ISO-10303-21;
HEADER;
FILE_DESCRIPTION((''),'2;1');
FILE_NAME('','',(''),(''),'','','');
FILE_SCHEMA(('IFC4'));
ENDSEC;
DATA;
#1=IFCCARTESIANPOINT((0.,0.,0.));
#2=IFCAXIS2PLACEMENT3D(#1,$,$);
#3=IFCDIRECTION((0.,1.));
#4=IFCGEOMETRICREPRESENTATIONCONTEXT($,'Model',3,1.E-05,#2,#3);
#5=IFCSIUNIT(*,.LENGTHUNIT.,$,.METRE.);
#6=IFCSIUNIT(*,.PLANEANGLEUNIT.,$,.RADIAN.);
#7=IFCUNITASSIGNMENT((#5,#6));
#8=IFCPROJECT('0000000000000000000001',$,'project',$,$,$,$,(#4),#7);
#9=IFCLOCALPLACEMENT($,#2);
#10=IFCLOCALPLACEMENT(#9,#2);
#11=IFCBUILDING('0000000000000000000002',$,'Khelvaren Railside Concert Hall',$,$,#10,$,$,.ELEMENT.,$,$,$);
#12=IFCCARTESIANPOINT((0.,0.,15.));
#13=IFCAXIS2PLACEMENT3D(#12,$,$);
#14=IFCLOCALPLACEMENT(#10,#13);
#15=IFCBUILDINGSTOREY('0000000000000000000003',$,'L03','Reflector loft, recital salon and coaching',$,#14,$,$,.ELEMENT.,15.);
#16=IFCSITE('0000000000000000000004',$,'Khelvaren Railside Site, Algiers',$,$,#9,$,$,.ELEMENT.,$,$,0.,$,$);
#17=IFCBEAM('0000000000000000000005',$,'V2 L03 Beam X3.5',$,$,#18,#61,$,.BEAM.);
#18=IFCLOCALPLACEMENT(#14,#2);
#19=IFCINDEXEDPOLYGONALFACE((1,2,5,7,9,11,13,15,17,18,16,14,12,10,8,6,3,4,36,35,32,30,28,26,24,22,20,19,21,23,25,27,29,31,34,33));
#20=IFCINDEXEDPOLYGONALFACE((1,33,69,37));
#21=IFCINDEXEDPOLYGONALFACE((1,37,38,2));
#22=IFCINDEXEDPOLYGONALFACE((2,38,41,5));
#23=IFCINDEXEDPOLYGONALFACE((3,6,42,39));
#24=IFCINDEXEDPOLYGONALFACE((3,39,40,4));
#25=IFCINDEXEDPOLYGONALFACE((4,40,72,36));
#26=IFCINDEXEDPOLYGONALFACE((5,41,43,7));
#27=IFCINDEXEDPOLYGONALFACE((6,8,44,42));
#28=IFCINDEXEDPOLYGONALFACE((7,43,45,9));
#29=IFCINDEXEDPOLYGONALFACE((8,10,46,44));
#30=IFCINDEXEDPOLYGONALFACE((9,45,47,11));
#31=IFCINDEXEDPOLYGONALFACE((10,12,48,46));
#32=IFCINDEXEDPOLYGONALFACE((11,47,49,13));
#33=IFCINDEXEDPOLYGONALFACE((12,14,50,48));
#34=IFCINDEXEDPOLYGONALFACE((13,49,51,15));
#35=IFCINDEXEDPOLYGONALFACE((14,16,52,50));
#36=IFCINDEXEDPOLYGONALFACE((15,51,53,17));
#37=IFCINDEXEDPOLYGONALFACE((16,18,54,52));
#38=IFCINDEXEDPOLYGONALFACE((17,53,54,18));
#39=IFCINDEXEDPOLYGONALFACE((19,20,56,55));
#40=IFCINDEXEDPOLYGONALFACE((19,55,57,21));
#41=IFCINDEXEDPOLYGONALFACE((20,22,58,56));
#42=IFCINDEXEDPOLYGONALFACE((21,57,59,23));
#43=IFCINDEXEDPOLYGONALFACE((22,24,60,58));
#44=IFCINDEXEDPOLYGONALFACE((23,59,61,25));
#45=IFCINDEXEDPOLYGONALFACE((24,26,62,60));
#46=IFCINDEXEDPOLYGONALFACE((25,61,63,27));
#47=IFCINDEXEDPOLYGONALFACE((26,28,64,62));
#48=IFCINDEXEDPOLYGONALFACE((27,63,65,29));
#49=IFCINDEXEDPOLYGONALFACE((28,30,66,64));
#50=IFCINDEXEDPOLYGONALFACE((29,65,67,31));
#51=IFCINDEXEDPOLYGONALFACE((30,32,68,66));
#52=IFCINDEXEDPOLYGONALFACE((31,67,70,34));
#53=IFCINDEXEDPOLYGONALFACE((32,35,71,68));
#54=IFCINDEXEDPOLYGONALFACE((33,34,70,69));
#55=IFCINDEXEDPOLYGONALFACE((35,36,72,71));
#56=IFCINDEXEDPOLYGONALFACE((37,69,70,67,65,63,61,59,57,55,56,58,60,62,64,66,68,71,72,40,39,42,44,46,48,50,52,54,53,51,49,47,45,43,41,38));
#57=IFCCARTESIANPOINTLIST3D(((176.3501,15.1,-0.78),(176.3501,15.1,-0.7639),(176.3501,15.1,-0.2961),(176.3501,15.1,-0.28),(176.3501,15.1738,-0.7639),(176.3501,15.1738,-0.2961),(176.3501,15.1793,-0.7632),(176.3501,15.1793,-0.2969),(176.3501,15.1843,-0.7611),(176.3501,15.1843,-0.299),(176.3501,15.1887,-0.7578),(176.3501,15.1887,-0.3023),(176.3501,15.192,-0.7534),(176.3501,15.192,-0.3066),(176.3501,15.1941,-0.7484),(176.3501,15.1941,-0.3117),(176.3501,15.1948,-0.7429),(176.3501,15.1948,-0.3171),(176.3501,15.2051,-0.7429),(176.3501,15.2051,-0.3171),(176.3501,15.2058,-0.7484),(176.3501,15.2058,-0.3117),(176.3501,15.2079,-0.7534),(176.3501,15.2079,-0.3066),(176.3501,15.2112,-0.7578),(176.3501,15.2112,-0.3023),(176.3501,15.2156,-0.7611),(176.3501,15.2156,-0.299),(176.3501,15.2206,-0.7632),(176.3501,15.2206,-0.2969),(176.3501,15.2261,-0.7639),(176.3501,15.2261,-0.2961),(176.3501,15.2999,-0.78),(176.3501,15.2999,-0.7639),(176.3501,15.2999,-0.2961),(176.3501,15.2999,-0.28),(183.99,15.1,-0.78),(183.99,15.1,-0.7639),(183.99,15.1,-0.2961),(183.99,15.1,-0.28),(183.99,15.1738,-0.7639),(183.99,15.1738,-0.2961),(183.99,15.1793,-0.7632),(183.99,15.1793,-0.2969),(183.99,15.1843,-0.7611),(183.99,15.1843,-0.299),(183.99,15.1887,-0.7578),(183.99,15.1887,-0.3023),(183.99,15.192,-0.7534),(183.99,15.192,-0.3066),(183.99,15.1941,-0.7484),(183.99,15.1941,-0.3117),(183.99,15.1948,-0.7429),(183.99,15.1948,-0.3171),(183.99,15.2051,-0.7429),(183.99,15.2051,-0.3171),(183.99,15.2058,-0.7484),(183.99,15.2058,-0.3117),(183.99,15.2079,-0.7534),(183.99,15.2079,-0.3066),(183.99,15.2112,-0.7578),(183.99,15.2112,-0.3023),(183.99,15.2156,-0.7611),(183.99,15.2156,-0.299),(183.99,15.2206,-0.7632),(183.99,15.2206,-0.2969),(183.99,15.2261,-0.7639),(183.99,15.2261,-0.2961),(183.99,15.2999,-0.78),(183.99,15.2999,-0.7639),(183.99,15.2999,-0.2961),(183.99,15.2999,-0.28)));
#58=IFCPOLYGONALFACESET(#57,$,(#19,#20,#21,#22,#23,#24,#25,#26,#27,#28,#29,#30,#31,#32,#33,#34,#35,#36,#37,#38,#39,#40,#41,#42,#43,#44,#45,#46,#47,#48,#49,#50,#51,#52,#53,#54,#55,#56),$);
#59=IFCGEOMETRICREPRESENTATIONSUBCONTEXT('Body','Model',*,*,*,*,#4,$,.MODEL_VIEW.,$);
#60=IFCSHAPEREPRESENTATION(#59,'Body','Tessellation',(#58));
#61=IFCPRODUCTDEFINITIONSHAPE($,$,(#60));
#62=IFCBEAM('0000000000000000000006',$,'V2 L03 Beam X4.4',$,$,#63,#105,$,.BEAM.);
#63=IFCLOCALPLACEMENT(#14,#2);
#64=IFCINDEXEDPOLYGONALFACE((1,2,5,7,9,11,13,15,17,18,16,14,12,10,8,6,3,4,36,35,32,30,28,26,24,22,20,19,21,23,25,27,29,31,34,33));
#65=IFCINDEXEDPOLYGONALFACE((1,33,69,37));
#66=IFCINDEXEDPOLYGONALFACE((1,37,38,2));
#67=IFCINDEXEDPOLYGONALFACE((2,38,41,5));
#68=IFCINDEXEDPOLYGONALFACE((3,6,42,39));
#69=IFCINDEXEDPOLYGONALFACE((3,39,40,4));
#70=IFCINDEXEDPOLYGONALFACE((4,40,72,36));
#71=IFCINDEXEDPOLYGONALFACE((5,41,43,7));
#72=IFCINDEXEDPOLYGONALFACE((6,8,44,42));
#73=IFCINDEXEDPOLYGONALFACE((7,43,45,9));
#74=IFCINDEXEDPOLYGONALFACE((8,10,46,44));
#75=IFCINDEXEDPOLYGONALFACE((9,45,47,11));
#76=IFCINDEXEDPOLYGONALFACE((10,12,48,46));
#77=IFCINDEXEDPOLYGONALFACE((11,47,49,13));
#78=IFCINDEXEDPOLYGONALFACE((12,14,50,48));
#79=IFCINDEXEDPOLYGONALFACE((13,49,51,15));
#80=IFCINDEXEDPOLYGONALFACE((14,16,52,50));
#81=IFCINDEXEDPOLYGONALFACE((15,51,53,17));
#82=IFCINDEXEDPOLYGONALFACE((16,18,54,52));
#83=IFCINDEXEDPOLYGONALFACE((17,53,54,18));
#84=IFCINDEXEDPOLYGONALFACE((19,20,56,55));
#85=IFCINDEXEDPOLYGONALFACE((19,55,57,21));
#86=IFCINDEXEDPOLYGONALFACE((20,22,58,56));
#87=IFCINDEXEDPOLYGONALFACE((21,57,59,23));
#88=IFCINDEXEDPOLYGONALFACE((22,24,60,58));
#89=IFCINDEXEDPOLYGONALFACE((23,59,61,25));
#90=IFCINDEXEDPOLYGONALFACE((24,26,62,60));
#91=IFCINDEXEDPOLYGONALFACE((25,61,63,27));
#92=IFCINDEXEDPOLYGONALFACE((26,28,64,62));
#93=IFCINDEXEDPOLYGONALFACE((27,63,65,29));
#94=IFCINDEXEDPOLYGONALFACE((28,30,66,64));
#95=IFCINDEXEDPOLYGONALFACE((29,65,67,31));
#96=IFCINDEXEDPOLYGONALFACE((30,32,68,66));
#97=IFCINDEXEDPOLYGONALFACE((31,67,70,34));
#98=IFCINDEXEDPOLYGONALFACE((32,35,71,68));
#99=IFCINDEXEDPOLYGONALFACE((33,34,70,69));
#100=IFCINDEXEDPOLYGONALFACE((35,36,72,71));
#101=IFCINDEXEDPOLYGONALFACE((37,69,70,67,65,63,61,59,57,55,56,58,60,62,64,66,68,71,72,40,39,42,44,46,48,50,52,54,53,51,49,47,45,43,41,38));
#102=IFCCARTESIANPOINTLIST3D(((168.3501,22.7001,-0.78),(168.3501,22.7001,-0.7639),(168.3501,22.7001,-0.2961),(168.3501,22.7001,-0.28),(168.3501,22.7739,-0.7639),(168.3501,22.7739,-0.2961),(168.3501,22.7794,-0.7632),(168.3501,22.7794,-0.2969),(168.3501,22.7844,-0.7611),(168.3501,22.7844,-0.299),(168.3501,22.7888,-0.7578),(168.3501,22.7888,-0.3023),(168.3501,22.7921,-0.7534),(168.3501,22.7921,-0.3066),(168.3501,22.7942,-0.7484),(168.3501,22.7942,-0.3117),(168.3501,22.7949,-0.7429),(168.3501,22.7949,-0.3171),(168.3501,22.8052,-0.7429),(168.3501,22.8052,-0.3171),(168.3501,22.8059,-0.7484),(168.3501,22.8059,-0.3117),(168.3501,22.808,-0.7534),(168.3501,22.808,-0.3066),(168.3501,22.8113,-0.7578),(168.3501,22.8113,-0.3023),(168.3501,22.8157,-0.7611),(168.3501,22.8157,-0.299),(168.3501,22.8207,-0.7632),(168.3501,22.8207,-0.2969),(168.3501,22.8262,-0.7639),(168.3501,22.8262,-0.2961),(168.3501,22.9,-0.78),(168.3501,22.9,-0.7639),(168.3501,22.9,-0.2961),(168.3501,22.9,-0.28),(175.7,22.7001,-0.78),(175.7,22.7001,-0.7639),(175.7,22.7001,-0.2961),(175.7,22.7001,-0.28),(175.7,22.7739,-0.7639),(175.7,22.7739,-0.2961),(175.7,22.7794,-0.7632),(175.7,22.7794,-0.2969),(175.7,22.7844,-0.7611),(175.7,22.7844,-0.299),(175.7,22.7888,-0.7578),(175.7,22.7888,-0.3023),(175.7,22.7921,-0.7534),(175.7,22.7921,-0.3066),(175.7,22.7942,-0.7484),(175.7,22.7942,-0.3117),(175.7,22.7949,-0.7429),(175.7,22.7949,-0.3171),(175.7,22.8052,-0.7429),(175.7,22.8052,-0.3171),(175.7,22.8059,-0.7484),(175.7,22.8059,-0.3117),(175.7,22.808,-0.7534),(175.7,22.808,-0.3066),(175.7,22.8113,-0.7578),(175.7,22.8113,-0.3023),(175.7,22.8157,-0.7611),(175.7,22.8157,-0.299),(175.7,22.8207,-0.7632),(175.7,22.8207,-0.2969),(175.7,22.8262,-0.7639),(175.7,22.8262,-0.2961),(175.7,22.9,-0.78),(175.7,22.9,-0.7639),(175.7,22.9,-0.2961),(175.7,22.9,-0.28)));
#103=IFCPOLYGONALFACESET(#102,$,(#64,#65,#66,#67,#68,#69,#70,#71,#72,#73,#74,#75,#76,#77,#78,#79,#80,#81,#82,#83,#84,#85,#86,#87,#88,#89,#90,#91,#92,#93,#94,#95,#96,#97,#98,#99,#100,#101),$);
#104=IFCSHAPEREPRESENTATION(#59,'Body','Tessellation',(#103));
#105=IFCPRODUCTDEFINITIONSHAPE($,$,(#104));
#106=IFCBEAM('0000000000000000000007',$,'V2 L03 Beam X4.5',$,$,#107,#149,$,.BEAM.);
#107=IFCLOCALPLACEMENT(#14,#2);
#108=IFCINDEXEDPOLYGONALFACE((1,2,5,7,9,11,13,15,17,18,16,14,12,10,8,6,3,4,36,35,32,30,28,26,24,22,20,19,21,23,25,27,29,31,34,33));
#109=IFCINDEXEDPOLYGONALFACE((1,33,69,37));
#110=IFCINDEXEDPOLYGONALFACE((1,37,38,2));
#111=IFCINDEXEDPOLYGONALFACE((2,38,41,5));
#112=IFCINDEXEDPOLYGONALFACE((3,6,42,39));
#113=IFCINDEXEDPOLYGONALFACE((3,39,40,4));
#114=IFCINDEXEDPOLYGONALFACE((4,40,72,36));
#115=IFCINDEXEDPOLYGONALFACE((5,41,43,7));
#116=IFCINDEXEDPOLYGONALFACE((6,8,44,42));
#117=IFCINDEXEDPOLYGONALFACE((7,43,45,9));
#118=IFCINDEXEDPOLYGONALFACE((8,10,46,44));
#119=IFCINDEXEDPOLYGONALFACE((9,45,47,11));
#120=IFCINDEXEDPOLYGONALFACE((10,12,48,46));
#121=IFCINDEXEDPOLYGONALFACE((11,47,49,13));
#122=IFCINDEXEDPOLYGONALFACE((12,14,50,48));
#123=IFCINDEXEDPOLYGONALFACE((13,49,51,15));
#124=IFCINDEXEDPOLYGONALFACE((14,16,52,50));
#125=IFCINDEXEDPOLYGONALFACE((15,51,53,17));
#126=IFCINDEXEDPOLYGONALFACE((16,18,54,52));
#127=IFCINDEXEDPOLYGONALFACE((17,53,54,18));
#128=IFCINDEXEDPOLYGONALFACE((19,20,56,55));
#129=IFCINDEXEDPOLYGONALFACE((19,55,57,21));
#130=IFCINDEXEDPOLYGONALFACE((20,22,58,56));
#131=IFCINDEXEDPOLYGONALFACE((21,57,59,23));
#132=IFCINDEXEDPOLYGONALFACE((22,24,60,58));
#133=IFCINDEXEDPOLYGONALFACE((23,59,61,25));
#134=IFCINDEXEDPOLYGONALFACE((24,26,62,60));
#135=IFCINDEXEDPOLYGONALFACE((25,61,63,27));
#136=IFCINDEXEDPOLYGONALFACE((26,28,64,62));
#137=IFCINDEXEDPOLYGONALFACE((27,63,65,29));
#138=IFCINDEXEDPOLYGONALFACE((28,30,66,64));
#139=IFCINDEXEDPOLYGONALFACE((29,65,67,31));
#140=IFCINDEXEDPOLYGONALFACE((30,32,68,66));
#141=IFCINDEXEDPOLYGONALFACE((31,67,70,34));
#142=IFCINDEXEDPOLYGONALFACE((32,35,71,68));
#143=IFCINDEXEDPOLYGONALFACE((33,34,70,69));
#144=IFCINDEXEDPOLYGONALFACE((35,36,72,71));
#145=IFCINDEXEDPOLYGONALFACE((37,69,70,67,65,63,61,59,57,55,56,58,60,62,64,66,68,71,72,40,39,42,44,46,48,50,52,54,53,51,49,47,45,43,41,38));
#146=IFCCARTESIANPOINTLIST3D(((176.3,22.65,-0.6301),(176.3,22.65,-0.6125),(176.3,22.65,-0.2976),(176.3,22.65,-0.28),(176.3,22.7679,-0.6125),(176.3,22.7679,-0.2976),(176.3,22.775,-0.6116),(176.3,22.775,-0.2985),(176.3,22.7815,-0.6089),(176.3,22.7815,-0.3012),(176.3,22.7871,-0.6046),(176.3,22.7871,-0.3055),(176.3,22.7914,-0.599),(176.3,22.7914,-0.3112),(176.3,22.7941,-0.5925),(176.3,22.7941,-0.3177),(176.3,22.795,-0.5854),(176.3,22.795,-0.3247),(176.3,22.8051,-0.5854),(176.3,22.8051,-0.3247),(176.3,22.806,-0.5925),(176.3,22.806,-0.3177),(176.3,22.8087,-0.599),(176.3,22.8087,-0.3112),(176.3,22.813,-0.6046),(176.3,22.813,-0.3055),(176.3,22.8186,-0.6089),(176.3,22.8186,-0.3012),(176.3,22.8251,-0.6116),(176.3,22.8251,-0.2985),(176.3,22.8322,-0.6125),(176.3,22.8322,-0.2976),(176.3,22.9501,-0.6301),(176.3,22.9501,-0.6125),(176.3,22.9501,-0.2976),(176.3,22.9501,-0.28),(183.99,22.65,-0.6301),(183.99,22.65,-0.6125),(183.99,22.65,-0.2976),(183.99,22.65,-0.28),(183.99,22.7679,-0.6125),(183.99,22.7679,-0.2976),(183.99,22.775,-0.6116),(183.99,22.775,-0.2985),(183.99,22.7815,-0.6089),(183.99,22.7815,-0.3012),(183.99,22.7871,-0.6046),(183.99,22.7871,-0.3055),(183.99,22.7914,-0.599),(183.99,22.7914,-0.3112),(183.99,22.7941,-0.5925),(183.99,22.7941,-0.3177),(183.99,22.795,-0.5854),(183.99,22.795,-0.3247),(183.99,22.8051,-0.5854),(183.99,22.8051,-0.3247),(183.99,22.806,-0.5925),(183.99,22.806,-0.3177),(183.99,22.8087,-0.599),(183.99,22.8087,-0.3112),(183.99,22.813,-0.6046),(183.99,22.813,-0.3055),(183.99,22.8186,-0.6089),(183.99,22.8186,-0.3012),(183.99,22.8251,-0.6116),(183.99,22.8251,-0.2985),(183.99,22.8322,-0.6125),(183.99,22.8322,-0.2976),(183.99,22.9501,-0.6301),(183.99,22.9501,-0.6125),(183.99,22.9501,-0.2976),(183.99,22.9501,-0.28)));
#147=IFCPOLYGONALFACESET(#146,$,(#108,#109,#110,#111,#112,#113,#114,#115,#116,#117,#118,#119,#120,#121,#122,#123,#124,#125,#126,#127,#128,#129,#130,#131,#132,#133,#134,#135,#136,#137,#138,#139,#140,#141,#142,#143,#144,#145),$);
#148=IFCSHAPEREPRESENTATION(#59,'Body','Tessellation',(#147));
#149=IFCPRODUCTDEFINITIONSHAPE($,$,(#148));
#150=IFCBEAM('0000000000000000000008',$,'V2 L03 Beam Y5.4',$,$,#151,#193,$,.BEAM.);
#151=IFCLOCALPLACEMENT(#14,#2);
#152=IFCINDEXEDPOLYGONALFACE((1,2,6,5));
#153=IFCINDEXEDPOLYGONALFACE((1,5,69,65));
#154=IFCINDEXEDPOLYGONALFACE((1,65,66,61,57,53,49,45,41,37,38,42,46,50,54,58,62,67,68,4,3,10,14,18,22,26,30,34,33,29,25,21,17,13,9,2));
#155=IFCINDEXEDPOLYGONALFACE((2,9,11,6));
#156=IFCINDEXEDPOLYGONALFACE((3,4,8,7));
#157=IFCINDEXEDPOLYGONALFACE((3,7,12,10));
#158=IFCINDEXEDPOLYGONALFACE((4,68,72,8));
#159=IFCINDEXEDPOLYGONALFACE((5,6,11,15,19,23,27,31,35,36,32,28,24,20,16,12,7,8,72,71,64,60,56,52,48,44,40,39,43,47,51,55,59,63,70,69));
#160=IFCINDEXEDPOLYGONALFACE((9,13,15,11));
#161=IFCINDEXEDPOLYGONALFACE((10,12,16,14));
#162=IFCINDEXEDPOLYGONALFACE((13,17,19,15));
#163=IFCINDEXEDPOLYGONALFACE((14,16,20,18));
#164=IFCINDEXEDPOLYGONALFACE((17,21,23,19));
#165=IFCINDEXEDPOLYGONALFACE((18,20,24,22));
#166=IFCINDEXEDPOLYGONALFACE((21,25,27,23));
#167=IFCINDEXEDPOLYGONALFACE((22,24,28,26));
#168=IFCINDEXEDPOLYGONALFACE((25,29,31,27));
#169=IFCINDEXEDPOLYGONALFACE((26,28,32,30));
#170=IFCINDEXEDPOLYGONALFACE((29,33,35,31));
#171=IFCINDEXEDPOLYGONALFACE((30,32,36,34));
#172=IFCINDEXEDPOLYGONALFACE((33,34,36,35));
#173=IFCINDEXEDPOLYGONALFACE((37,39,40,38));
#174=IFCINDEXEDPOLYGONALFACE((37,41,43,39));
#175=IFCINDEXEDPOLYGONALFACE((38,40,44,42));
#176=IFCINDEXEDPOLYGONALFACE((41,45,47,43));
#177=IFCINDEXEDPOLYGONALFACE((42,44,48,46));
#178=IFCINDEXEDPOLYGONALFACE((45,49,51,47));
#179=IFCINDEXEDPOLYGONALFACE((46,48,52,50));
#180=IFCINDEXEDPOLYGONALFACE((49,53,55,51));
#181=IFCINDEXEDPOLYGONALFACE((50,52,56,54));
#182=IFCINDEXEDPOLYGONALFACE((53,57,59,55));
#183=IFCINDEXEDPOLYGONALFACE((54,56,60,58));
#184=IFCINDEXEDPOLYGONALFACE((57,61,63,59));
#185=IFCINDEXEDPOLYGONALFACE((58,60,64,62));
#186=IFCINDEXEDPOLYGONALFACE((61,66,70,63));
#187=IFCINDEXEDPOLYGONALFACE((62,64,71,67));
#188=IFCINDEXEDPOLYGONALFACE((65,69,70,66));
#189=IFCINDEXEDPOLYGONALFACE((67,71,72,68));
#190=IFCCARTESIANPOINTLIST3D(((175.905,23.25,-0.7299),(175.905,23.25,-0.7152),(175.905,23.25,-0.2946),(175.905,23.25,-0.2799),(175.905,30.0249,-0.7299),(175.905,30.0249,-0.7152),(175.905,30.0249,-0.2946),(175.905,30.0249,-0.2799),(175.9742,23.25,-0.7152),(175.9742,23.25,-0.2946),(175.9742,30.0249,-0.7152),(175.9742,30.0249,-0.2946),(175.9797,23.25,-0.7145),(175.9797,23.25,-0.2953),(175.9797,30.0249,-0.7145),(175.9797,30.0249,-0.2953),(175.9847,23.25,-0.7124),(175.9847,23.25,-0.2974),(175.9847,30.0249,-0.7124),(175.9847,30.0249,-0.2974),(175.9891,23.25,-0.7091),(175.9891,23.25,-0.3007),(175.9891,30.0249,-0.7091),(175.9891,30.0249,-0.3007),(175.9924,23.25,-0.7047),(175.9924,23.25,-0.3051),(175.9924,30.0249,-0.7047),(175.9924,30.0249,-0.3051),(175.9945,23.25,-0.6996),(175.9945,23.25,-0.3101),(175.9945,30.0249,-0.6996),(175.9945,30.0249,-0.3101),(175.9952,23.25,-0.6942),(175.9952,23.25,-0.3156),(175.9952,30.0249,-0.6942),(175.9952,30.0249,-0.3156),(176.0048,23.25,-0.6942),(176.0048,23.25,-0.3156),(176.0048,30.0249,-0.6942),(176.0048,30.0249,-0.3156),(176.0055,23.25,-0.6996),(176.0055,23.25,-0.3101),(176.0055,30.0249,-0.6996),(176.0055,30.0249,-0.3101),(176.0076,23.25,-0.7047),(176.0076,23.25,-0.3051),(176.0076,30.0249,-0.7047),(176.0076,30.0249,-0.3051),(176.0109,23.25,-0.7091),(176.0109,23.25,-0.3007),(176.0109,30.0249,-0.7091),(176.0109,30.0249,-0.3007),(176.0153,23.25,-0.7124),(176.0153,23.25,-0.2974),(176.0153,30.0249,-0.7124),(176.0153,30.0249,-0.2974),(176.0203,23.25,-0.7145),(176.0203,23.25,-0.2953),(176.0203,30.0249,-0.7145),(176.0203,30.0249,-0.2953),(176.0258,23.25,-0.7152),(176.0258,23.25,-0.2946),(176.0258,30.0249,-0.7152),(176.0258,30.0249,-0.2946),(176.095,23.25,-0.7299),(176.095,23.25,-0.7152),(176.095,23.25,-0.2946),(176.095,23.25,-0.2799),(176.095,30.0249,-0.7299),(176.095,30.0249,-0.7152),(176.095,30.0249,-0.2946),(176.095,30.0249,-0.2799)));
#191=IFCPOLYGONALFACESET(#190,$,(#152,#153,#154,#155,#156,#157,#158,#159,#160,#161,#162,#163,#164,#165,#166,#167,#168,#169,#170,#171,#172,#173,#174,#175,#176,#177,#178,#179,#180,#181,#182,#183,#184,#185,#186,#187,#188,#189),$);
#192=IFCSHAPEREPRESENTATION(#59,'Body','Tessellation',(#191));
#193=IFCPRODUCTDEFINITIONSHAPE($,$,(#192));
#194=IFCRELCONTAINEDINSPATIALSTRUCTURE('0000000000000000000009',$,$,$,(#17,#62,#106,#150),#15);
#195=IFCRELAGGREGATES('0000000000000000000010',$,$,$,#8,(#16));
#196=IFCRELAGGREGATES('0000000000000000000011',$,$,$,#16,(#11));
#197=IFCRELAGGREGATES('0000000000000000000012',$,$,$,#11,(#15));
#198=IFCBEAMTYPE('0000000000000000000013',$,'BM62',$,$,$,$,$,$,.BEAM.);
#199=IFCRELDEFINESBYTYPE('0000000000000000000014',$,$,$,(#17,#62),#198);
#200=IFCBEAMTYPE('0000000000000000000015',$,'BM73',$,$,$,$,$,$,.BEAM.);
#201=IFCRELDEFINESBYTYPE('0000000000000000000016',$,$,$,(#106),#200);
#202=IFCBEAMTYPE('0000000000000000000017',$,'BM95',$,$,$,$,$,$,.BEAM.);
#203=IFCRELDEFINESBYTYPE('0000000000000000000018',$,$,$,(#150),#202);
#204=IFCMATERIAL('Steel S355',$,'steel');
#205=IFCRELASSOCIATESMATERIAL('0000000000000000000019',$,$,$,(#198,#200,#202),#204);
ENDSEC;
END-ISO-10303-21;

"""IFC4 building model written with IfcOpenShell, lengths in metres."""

from ifc_helpers import new_model, si_unit, direction, frame, origin, origin_2d, place, context, subcontext, project, spatial, i_section, extrude, material, material_profile, profile_set, type_object, element, save


model = new_model("IFC4")

# Units and contexts
model_context = context("Model", 3, precision=1e-05, world=origin(), true_north=direction((0.0, 1.0)))
body_context = subcontext(model_context, "Body", "Model", "MODEL_VIEW")
ifc_project = project(units=[si_unit("LENGTHUNIT", "METRE"), si_unit("PLANEANGLEUNIT", "RADIAN")], contexts=[model_context])

# Site, building, storey
site_placement = place(None, origin())
site = spatial("IfcSite", under=ifc_project, at=site_placement, Name="Khelvaren Railside Site, Algiers", CompositionType="ELEMENT", RefElevation=0.0)
building_placement = place(site_placement, origin())
building = spatial("IfcBuilding", under=site, at=building_placement, Name="Khelvaren Railside Concert Hall", CompositionType="ELEMENT")
storey_placement = place(building_placement, frame((0.0, 0.0, 15.0)))
storey = spatial("IfcBuildingStorey", under=building, at=storey_placement, Name="L03", Description="Reflector loft, recital salon and coaching", CompositionType="ELEMENT", Elevation=15.0)

# Shared definitions
ifc_material_1 = material(Name="Steel S355", Category="steel")

# Beams
ifc_material_profile_1 = material_profile(ifc_material_1, i_section(OverallWidth=0.2, OverallDepth=0.5, WebThickness=0.0103, FlangeThickness=0.0161, FilletRadius=0.021, at=origin_2d()), Name="IPE 500")
ifc_profile_set_1 = profile_set([ifc_material_profile_1], Name="Steel S355")
beam_type_1 = type_object("IfcBeamType", Name="BM62", PredefinedType="BEAM", material=ifc_profile_set_1)
beam_1_placement = place(storey_placement, frame((176.3501, 15.2, -0.53), z_axis=(1.0, 0.0, 0.0), x_axis=(0.0, 1.0, 0.0)))
element("IfcBeam", 1, at=beam_1_placement, inside=storey, type_object=beam_type_1, Name="V2 L03 Beam X3.5", PredefinedType="BEAM", context=body_context, shape_type="SweptSolid", body=[
    extrude(i_section(OverallWidth=0.2, OverallDepth=0.5, WebThickness=0.0103, FlangeThickness=0.0161, FilletRadius=0.021, at=origin_2d()), origin(), (0.0, 0.0, 1.0), 7.6399),
])
beam_2_placement = place(storey_placement, frame((168.3501, 22.8, -0.53), z_axis=(1.0, 0.0, 0.0), x_axis=(0.0, 1.0, 0.0)))
element("IfcBeam", 2, at=beam_2_placement, inside=storey, type_object=beam_type_1, Name="V2 L03 Beam X4.4", PredefinedType="BEAM", context=body_context, shape_type="SweptSolid", body=[
    extrude(i_section(OverallWidth=0.2, OverallDepth=0.5, WebThickness=0.0103, FlangeThickness=0.0161, FilletRadius=0.021, at=origin_2d()), origin(), (0.0, 0.0, 1.0), 7.3499),
])
ifc_material_profile_2 = material_profile(ifc_material_1, i_section(OverallWidth=0.3, OverallDepth=0.3501, WebThickness=0.01, FlangeThickness=0.0176, FilletRadius=0.0271, at=origin_2d()), Name="HEA 360")
ifc_profile_set_2 = profile_set([ifc_material_profile_2], Name="Steel S355")
beam_type_2 = type_object("IfcBeamType", Name="BM73", PredefinedType="BEAM", material=ifc_profile_set_2)
beam_3_placement = place(storey_placement, frame((176.3, 22.8, -0.4551), z_axis=(1.0, 0.0, 0.0), x_axis=(0.0, 1.0, 0.0)))
element("IfcBeam", 3, at=beam_3_placement, inside=storey, type_object=beam_type_2, Name="V2 L03 Beam X4.5", PredefinedType="BEAM", context=body_context, shape_type="SweptSolid", body=[
    extrude(i_section(OverallWidth=0.3, OverallDepth=0.3501, WebThickness=0.01, FlangeThickness=0.0176, FilletRadius=0.0271, at=origin_2d()), origin(), (0.0, 0.0, 1.0), 7.6899),
])
ifc_material_profile_3 = material_profile(ifc_material_1, i_section(OverallWidth=0.1899, OverallDepth=0.45, WebThickness=0.0095, FlangeThickness=0.0146, FilletRadius=0.021, at=origin_2d()), Name="IPE 450")
ifc_profile_set_3 = profile_set([ifc_material_profile_3], Name="Steel S355")
beam_type_3 = type_object("IfcBeamType", Name="BM95", PredefinedType="BEAM", material=ifc_profile_set_3)
beam_4_placement = place(storey_placement, frame((176.0, 23.25, -0.5049), z_axis=(0.0, 1.0, 0.0), x_axis=(-1.0, 0.0, 0.0)))
element("IfcBeam", 4, at=beam_4_placement, inside=storey, type_object=beam_type_3, Name="V2 L03 Beam Y5.4", PredefinedType="BEAM", context=body_context, shape_type="SweptSolid", body=[
    extrude(i_section(OverallWidth=0.1899, OverallDepth=0.45, WebThickness=0.0095, FlangeThickness=0.0146, FilletRadius=0.021, at=origin_2d()), origin(), (0.0, 0.0, 1.0), 6.7749),
])

save(model, "model.ifc")
